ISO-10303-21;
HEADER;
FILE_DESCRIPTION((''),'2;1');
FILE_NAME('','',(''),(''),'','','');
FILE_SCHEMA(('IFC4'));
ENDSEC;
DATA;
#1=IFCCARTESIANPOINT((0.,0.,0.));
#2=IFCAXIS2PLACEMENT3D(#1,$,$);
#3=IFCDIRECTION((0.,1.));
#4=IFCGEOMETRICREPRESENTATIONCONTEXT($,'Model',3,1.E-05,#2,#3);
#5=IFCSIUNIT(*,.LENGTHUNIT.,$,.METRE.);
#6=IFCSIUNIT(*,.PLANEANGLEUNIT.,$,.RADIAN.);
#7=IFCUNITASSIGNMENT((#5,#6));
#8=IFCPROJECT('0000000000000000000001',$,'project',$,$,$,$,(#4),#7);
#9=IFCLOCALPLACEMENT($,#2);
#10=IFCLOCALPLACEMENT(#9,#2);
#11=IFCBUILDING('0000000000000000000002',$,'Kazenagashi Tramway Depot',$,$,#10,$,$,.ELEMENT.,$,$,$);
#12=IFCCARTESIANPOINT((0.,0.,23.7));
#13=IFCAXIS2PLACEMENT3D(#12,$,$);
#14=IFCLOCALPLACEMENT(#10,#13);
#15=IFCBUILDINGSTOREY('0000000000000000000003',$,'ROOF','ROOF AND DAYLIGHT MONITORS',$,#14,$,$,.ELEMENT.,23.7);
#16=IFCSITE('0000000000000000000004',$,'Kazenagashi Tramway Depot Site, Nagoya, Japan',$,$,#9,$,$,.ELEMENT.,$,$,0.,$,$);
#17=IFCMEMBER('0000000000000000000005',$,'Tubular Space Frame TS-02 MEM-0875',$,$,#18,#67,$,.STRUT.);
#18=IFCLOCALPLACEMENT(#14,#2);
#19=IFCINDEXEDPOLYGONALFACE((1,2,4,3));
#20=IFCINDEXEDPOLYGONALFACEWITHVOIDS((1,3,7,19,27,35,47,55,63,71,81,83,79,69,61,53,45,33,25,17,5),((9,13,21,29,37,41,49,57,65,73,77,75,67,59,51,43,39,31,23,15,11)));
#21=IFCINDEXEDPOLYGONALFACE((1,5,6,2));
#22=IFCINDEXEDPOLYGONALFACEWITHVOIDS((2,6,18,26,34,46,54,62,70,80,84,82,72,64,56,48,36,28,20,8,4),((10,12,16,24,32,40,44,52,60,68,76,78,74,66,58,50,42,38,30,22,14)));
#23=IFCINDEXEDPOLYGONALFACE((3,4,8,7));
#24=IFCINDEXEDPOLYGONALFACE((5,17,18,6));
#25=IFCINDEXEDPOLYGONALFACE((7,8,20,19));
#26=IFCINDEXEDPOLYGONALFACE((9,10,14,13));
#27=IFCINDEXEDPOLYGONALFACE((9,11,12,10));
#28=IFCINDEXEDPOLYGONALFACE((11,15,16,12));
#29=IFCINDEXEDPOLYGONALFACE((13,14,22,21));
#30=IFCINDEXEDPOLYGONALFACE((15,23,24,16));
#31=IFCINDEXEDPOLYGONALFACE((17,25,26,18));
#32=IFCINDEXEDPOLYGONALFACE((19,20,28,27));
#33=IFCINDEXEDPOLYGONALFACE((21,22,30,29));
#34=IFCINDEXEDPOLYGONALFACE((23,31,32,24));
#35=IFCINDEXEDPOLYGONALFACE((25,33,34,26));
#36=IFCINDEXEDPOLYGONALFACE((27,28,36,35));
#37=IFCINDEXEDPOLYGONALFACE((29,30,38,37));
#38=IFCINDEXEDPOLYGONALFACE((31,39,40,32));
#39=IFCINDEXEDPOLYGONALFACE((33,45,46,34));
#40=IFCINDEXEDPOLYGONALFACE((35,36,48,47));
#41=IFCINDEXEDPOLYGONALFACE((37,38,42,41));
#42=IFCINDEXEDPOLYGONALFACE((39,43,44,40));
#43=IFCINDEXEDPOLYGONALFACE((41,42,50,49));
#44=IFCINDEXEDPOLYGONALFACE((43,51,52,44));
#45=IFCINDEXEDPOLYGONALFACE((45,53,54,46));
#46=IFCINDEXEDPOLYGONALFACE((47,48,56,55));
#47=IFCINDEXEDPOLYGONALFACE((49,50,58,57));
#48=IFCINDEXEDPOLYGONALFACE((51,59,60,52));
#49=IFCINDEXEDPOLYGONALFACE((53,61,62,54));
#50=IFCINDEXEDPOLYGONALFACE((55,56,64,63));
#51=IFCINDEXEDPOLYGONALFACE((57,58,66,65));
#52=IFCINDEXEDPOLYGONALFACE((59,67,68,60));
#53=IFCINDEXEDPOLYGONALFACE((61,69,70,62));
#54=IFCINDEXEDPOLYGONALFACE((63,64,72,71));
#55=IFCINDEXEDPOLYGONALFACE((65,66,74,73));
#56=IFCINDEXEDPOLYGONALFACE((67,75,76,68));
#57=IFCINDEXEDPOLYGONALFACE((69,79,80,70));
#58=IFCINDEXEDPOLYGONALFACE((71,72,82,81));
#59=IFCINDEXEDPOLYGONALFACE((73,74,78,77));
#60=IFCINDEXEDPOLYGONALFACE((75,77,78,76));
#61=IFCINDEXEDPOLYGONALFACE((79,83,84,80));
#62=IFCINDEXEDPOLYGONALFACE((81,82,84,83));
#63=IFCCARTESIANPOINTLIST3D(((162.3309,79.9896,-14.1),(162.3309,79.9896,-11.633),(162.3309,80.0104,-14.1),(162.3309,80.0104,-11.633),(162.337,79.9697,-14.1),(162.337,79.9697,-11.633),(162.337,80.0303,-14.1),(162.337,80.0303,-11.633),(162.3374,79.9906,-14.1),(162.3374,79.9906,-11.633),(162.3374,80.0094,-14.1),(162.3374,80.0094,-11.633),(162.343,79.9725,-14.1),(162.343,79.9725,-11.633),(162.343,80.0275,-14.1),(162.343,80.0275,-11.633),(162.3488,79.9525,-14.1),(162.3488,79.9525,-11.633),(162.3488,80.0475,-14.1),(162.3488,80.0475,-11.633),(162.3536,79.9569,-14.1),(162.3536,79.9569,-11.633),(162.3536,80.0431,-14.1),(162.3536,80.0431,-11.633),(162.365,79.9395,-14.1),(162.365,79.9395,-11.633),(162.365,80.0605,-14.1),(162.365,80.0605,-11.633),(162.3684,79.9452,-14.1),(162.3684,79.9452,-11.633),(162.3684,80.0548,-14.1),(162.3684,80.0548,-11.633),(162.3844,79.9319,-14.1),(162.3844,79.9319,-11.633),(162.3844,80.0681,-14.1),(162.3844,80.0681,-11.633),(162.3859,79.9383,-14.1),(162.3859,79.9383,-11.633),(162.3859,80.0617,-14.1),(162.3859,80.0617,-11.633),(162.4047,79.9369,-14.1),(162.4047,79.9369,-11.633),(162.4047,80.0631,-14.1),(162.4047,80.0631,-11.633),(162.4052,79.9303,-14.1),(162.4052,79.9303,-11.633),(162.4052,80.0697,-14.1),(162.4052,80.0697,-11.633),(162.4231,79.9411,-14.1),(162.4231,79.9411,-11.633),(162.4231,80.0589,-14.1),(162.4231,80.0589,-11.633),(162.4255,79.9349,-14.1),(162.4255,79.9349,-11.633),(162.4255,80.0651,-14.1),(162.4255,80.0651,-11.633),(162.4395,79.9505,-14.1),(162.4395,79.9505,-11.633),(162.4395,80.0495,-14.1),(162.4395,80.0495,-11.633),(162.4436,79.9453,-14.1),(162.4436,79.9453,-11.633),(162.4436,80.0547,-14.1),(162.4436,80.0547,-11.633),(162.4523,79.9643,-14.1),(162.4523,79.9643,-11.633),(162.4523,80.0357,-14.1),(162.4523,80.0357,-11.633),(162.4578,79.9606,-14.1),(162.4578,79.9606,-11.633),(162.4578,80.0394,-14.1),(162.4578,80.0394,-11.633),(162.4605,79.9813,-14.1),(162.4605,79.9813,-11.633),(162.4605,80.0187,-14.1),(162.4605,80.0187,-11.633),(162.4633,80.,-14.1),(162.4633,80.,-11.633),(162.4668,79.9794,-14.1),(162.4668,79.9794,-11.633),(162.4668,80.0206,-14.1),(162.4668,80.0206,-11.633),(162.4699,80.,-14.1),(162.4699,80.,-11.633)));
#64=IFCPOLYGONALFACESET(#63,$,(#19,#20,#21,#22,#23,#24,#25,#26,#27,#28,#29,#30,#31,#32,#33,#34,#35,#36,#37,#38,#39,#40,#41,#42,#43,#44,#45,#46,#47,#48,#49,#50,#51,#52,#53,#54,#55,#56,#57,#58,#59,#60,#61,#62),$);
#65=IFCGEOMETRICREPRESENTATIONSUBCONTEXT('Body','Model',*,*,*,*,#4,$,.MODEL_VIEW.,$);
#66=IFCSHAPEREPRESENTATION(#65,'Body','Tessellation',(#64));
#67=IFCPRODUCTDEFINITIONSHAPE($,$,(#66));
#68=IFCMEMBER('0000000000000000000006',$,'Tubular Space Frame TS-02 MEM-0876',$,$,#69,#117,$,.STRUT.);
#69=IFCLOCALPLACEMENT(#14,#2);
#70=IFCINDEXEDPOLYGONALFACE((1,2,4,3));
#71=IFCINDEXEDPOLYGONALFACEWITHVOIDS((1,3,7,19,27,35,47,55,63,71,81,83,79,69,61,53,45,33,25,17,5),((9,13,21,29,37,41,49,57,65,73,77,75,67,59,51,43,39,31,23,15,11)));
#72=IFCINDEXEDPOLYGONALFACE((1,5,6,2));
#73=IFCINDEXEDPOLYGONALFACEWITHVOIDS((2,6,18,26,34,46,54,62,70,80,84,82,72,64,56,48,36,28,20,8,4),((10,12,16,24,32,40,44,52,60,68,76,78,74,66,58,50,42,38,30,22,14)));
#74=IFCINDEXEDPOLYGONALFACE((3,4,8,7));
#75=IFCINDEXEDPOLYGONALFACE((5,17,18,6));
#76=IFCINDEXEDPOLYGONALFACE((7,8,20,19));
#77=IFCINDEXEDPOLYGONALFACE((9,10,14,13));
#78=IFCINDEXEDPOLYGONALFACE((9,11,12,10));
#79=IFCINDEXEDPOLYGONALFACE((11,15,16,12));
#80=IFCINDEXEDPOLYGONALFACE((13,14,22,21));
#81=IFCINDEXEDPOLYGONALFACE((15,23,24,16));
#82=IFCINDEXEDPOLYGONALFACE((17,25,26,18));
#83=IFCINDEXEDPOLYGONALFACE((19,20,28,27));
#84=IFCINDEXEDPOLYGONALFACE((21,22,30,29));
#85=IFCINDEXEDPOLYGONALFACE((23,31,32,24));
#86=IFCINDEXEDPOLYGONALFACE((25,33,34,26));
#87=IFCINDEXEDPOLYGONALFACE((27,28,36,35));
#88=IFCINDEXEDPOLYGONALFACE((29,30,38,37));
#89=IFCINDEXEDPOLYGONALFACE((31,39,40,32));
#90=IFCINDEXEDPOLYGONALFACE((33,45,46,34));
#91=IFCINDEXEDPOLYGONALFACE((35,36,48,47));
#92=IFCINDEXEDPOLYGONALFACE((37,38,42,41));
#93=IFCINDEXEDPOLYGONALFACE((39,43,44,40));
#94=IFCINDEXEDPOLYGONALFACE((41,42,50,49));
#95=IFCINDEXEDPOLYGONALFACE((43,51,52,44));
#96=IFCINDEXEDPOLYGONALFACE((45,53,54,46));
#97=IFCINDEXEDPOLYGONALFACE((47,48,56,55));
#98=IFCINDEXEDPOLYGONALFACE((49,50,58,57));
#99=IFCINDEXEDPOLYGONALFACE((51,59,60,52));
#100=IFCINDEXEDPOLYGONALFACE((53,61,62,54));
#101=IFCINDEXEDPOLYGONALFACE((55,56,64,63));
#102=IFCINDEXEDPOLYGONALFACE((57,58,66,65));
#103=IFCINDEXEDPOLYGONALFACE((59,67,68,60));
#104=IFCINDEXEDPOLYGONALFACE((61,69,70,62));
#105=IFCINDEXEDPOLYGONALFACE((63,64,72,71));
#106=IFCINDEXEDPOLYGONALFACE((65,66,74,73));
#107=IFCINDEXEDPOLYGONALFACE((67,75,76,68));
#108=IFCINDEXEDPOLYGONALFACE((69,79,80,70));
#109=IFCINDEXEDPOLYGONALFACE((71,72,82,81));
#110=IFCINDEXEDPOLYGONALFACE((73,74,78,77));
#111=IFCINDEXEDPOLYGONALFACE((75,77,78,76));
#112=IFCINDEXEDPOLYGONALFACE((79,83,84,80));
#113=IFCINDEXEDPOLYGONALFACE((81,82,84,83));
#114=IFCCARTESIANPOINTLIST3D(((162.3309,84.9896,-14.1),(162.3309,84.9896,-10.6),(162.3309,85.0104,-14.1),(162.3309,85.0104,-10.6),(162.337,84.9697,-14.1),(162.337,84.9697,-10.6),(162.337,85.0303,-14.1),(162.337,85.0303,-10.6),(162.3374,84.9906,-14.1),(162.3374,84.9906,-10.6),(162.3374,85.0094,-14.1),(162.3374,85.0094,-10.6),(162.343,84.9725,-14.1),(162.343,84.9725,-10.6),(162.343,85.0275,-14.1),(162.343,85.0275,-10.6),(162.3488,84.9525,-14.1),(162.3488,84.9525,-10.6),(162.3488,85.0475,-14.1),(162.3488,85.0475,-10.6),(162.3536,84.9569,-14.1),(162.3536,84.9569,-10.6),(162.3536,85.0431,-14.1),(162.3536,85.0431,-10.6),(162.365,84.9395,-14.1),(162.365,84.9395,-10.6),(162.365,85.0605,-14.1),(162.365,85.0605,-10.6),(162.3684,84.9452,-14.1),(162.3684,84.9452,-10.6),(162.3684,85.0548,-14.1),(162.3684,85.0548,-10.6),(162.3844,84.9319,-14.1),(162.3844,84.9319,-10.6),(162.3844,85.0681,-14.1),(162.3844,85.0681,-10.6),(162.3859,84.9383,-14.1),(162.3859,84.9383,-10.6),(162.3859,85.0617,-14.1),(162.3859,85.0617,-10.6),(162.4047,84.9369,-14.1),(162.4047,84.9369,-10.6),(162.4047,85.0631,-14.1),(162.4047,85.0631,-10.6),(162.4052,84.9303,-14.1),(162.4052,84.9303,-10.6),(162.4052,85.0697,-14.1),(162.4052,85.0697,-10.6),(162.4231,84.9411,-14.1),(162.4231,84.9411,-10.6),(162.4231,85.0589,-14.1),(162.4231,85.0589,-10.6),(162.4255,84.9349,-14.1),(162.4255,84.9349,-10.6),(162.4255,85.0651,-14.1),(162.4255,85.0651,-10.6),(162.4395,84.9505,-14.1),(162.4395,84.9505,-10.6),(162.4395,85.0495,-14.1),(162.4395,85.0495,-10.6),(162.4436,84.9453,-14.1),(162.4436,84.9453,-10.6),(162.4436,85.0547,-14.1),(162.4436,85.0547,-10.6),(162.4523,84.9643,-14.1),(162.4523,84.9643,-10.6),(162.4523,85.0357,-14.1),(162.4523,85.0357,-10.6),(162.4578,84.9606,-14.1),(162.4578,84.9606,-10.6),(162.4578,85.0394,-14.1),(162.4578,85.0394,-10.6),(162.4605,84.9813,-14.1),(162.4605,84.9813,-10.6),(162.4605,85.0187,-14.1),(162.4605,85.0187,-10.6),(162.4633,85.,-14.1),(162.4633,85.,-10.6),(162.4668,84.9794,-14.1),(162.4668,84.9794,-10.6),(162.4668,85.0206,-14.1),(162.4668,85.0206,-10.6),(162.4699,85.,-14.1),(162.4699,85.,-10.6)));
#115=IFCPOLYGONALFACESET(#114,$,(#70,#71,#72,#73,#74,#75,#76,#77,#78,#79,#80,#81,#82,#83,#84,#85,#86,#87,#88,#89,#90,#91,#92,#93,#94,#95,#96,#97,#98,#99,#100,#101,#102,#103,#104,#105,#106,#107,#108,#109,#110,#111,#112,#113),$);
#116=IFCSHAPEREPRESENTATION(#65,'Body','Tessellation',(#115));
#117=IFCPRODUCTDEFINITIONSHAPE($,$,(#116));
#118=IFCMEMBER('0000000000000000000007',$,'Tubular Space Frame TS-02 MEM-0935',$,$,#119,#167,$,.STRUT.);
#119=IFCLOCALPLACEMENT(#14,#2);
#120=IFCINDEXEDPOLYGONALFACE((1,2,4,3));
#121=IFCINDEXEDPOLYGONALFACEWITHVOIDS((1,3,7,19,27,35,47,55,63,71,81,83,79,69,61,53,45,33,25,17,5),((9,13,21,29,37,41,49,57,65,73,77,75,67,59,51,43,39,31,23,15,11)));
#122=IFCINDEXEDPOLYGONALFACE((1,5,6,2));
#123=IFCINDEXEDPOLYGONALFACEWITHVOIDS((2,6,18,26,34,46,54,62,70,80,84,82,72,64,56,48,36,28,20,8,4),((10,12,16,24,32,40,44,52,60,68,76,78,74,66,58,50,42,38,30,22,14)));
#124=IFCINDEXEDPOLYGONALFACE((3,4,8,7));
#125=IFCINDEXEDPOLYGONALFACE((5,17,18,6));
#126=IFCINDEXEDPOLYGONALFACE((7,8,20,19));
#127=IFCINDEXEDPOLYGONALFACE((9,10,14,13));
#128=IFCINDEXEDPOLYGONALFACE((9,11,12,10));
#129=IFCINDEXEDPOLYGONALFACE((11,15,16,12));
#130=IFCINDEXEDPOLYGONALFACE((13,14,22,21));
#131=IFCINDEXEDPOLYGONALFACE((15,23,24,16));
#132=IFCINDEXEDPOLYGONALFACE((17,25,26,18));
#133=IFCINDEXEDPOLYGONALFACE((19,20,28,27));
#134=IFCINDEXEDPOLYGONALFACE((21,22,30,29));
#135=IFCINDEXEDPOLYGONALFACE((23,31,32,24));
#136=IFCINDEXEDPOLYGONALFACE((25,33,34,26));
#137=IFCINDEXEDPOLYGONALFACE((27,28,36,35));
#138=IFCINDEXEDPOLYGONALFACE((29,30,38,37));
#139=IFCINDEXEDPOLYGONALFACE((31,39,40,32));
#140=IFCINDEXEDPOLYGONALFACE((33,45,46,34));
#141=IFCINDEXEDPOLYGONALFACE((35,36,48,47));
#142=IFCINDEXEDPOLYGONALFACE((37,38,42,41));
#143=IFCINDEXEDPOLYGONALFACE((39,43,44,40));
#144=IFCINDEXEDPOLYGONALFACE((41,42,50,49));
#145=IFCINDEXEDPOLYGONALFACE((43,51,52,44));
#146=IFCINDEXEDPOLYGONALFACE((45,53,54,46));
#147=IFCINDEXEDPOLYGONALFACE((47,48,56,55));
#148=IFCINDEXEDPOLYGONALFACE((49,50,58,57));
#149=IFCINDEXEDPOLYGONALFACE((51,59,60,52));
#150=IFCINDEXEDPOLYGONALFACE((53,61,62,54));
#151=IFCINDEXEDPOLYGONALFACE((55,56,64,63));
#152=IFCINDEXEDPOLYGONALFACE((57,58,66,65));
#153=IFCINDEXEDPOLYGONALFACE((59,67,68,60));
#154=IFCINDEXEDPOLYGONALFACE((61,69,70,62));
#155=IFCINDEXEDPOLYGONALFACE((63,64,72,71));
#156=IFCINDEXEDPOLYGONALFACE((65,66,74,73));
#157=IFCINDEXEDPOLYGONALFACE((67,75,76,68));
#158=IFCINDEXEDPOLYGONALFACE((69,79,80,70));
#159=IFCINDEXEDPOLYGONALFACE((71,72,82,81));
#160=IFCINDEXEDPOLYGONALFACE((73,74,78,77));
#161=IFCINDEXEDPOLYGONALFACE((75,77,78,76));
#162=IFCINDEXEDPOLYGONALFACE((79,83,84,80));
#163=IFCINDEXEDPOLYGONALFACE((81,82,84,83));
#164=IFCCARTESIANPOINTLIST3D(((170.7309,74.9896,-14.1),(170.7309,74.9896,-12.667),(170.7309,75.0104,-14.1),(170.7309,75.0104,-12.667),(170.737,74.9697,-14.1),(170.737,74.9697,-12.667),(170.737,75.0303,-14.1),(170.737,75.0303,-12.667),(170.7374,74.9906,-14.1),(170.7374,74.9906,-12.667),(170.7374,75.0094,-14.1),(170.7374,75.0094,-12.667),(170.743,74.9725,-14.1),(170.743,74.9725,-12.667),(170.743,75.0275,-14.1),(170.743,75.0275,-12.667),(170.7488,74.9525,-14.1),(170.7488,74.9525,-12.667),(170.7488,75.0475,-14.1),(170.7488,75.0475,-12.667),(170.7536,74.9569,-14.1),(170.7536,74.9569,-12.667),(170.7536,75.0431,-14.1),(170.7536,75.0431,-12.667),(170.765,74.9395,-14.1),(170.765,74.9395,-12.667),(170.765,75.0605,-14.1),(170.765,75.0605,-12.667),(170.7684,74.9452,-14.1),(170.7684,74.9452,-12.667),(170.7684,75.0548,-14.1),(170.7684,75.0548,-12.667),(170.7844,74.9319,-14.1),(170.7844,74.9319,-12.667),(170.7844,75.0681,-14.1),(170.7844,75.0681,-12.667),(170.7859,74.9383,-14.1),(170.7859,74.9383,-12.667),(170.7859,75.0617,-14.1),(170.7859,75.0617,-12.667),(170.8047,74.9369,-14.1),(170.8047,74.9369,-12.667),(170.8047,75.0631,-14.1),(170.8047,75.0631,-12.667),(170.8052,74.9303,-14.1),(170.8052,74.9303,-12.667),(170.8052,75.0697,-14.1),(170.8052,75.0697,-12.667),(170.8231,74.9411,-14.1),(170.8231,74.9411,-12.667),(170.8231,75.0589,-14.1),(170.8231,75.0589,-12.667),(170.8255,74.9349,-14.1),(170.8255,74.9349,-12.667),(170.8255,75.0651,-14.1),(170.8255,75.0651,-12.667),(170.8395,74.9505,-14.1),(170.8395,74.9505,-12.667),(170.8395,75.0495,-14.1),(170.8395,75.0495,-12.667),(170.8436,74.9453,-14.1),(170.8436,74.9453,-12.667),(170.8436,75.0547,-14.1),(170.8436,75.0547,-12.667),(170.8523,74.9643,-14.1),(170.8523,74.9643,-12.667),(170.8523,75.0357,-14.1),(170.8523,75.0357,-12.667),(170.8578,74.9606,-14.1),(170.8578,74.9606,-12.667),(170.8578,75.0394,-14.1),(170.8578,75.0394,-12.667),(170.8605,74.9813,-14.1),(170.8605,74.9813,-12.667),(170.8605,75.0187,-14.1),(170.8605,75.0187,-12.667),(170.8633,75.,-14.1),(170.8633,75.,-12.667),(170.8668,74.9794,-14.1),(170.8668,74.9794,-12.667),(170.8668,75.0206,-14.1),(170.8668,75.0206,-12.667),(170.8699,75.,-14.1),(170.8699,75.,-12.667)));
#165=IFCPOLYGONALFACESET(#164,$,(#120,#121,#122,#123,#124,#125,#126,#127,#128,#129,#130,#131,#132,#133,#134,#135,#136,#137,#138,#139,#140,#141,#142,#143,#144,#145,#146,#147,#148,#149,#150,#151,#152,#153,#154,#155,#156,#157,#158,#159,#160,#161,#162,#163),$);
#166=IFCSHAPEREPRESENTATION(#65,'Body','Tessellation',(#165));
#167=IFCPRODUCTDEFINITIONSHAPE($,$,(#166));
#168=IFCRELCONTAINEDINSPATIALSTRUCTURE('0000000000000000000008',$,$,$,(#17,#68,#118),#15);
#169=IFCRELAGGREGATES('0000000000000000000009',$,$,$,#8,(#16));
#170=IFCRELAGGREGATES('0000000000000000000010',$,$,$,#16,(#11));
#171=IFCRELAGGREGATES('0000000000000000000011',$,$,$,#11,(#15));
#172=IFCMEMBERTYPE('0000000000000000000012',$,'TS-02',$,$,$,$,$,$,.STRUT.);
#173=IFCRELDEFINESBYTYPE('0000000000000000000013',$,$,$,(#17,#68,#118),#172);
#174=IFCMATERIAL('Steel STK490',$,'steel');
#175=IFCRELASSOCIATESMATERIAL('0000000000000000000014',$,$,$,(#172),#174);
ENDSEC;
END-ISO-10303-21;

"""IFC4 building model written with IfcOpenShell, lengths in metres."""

from ifc_helpers import new_model, si_unit, direction, frame, origin, origin_2d, place, context, subcontext, project, spatial, hollow_circle, extrude, material, material_profile, profile_set, type_object, element, save


model = new_model("IFC4")

# Units and contexts
model_context = context("Model", 3, precision=1e-05, world=origin(), true_north=direction((0.0, 1.0)))
body_context = subcontext(model_context, "Body", "Model", "MODEL_VIEW")
ifc_project = project(units=[si_unit("LENGTHUNIT", "METRE"), si_unit("PLANEANGLEUNIT", "RADIAN")], contexts=[model_context])

# Site, building, storey
site_placement = place(None, origin())
site = spatial("IfcSite", under=ifc_project, at=site_placement, Name="Kazenagashi Tramway Depot Site, Nagoya, Japan", CompositionType="ELEMENT", RefElevation=0.0)
building_placement = place(site_placement, origin())
building = spatial("IfcBuilding", under=site, at=building_placement, Name="Kazenagashi Tramway Depot", CompositionType="ELEMENT")
storey_placement = place(building_placement, frame((0.0, 0.0, 23.7)))
storey = spatial("IfcBuildingStorey", under=building, at=storey_placement, Name="ROOF", Description="ROOF AND DAYLIGHT MONITORS", CompositionType="ELEMENT", Elevation=23.7)

# Members
ifc_material_1 = material(Name="Steel STK490", Category="steel")
ifc_material_profile_1 = material_profile(ifc_material_1, hollow_circle(Radius=0.0699, WallThickness=0.0066, at=origin_2d()), Name="CHS-139.8x6.6")
ifc_profile_set_1 = profile_set([ifc_material_profile_1], Name="Steel STK490")
member_type_1 = type_object("IfcMemberType", Name="TS-02", PredefinedType="STRUT", material=ifc_profile_set_1)
member_1_placement = place(storey_placement, frame((162.4, 80.0, -14.1), z_axis=(0.0, 0.0, 1.0), x_axis=(1.0, 0.0, 0.0)))
element("IfcMember", 1, at=member_1_placement, inside=storey, type_object=member_type_1, Name="Tubular Space Frame TS-02 MEM-0875", PredefinedType="STRUT", context=body_context, shape_type="SweptSolid", body=[
    extrude(hollow_circle(Radius=0.0699, WallThickness=0.0066, at=origin_2d()), origin(), (0.0, 0.0, 1.0), 2.467),
])
member_2_placement = place(storey_placement, frame((162.4, 85.0, -14.1), z_axis=(0.0, 0.0, 1.0), x_axis=(1.0, 0.0, 0.0)))
element("IfcMember", 2, at=member_2_placement, inside=storey, type_object=member_type_1, Name="Tubular Space Frame TS-02 MEM-0876", PredefinedType="STRUT", context=body_context, shape_type="SweptSolid", body=[
    extrude(hollow_circle(Radius=0.0699, WallThickness=0.0066, at=origin_2d()), origin(), (0.0, 0.0, 1.0), 3.5),
])
member_3_placement = place(storey_placement, frame((170.8, 75.0, -14.1), z_axis=(0.0, 0.0, 1.0), x_axis=(1.0, 0.0, 0.0)))
element("IfcMember", 3, at=member_3_placement, inside=storey, type_object=member_type_1, Name="Tubular Space Frame TS-02 MEM-0935", PredefinedType="STRUT", context=body_context, shape_type="SweptSolid", body=[
    extrude(hollow_circle(Radius=0.0699, WallThickness=0.0066, at=origin_2d()), origin(), (0.0, 0.0, 1.0), 1.433),
])

save(model, "model.ifc")
